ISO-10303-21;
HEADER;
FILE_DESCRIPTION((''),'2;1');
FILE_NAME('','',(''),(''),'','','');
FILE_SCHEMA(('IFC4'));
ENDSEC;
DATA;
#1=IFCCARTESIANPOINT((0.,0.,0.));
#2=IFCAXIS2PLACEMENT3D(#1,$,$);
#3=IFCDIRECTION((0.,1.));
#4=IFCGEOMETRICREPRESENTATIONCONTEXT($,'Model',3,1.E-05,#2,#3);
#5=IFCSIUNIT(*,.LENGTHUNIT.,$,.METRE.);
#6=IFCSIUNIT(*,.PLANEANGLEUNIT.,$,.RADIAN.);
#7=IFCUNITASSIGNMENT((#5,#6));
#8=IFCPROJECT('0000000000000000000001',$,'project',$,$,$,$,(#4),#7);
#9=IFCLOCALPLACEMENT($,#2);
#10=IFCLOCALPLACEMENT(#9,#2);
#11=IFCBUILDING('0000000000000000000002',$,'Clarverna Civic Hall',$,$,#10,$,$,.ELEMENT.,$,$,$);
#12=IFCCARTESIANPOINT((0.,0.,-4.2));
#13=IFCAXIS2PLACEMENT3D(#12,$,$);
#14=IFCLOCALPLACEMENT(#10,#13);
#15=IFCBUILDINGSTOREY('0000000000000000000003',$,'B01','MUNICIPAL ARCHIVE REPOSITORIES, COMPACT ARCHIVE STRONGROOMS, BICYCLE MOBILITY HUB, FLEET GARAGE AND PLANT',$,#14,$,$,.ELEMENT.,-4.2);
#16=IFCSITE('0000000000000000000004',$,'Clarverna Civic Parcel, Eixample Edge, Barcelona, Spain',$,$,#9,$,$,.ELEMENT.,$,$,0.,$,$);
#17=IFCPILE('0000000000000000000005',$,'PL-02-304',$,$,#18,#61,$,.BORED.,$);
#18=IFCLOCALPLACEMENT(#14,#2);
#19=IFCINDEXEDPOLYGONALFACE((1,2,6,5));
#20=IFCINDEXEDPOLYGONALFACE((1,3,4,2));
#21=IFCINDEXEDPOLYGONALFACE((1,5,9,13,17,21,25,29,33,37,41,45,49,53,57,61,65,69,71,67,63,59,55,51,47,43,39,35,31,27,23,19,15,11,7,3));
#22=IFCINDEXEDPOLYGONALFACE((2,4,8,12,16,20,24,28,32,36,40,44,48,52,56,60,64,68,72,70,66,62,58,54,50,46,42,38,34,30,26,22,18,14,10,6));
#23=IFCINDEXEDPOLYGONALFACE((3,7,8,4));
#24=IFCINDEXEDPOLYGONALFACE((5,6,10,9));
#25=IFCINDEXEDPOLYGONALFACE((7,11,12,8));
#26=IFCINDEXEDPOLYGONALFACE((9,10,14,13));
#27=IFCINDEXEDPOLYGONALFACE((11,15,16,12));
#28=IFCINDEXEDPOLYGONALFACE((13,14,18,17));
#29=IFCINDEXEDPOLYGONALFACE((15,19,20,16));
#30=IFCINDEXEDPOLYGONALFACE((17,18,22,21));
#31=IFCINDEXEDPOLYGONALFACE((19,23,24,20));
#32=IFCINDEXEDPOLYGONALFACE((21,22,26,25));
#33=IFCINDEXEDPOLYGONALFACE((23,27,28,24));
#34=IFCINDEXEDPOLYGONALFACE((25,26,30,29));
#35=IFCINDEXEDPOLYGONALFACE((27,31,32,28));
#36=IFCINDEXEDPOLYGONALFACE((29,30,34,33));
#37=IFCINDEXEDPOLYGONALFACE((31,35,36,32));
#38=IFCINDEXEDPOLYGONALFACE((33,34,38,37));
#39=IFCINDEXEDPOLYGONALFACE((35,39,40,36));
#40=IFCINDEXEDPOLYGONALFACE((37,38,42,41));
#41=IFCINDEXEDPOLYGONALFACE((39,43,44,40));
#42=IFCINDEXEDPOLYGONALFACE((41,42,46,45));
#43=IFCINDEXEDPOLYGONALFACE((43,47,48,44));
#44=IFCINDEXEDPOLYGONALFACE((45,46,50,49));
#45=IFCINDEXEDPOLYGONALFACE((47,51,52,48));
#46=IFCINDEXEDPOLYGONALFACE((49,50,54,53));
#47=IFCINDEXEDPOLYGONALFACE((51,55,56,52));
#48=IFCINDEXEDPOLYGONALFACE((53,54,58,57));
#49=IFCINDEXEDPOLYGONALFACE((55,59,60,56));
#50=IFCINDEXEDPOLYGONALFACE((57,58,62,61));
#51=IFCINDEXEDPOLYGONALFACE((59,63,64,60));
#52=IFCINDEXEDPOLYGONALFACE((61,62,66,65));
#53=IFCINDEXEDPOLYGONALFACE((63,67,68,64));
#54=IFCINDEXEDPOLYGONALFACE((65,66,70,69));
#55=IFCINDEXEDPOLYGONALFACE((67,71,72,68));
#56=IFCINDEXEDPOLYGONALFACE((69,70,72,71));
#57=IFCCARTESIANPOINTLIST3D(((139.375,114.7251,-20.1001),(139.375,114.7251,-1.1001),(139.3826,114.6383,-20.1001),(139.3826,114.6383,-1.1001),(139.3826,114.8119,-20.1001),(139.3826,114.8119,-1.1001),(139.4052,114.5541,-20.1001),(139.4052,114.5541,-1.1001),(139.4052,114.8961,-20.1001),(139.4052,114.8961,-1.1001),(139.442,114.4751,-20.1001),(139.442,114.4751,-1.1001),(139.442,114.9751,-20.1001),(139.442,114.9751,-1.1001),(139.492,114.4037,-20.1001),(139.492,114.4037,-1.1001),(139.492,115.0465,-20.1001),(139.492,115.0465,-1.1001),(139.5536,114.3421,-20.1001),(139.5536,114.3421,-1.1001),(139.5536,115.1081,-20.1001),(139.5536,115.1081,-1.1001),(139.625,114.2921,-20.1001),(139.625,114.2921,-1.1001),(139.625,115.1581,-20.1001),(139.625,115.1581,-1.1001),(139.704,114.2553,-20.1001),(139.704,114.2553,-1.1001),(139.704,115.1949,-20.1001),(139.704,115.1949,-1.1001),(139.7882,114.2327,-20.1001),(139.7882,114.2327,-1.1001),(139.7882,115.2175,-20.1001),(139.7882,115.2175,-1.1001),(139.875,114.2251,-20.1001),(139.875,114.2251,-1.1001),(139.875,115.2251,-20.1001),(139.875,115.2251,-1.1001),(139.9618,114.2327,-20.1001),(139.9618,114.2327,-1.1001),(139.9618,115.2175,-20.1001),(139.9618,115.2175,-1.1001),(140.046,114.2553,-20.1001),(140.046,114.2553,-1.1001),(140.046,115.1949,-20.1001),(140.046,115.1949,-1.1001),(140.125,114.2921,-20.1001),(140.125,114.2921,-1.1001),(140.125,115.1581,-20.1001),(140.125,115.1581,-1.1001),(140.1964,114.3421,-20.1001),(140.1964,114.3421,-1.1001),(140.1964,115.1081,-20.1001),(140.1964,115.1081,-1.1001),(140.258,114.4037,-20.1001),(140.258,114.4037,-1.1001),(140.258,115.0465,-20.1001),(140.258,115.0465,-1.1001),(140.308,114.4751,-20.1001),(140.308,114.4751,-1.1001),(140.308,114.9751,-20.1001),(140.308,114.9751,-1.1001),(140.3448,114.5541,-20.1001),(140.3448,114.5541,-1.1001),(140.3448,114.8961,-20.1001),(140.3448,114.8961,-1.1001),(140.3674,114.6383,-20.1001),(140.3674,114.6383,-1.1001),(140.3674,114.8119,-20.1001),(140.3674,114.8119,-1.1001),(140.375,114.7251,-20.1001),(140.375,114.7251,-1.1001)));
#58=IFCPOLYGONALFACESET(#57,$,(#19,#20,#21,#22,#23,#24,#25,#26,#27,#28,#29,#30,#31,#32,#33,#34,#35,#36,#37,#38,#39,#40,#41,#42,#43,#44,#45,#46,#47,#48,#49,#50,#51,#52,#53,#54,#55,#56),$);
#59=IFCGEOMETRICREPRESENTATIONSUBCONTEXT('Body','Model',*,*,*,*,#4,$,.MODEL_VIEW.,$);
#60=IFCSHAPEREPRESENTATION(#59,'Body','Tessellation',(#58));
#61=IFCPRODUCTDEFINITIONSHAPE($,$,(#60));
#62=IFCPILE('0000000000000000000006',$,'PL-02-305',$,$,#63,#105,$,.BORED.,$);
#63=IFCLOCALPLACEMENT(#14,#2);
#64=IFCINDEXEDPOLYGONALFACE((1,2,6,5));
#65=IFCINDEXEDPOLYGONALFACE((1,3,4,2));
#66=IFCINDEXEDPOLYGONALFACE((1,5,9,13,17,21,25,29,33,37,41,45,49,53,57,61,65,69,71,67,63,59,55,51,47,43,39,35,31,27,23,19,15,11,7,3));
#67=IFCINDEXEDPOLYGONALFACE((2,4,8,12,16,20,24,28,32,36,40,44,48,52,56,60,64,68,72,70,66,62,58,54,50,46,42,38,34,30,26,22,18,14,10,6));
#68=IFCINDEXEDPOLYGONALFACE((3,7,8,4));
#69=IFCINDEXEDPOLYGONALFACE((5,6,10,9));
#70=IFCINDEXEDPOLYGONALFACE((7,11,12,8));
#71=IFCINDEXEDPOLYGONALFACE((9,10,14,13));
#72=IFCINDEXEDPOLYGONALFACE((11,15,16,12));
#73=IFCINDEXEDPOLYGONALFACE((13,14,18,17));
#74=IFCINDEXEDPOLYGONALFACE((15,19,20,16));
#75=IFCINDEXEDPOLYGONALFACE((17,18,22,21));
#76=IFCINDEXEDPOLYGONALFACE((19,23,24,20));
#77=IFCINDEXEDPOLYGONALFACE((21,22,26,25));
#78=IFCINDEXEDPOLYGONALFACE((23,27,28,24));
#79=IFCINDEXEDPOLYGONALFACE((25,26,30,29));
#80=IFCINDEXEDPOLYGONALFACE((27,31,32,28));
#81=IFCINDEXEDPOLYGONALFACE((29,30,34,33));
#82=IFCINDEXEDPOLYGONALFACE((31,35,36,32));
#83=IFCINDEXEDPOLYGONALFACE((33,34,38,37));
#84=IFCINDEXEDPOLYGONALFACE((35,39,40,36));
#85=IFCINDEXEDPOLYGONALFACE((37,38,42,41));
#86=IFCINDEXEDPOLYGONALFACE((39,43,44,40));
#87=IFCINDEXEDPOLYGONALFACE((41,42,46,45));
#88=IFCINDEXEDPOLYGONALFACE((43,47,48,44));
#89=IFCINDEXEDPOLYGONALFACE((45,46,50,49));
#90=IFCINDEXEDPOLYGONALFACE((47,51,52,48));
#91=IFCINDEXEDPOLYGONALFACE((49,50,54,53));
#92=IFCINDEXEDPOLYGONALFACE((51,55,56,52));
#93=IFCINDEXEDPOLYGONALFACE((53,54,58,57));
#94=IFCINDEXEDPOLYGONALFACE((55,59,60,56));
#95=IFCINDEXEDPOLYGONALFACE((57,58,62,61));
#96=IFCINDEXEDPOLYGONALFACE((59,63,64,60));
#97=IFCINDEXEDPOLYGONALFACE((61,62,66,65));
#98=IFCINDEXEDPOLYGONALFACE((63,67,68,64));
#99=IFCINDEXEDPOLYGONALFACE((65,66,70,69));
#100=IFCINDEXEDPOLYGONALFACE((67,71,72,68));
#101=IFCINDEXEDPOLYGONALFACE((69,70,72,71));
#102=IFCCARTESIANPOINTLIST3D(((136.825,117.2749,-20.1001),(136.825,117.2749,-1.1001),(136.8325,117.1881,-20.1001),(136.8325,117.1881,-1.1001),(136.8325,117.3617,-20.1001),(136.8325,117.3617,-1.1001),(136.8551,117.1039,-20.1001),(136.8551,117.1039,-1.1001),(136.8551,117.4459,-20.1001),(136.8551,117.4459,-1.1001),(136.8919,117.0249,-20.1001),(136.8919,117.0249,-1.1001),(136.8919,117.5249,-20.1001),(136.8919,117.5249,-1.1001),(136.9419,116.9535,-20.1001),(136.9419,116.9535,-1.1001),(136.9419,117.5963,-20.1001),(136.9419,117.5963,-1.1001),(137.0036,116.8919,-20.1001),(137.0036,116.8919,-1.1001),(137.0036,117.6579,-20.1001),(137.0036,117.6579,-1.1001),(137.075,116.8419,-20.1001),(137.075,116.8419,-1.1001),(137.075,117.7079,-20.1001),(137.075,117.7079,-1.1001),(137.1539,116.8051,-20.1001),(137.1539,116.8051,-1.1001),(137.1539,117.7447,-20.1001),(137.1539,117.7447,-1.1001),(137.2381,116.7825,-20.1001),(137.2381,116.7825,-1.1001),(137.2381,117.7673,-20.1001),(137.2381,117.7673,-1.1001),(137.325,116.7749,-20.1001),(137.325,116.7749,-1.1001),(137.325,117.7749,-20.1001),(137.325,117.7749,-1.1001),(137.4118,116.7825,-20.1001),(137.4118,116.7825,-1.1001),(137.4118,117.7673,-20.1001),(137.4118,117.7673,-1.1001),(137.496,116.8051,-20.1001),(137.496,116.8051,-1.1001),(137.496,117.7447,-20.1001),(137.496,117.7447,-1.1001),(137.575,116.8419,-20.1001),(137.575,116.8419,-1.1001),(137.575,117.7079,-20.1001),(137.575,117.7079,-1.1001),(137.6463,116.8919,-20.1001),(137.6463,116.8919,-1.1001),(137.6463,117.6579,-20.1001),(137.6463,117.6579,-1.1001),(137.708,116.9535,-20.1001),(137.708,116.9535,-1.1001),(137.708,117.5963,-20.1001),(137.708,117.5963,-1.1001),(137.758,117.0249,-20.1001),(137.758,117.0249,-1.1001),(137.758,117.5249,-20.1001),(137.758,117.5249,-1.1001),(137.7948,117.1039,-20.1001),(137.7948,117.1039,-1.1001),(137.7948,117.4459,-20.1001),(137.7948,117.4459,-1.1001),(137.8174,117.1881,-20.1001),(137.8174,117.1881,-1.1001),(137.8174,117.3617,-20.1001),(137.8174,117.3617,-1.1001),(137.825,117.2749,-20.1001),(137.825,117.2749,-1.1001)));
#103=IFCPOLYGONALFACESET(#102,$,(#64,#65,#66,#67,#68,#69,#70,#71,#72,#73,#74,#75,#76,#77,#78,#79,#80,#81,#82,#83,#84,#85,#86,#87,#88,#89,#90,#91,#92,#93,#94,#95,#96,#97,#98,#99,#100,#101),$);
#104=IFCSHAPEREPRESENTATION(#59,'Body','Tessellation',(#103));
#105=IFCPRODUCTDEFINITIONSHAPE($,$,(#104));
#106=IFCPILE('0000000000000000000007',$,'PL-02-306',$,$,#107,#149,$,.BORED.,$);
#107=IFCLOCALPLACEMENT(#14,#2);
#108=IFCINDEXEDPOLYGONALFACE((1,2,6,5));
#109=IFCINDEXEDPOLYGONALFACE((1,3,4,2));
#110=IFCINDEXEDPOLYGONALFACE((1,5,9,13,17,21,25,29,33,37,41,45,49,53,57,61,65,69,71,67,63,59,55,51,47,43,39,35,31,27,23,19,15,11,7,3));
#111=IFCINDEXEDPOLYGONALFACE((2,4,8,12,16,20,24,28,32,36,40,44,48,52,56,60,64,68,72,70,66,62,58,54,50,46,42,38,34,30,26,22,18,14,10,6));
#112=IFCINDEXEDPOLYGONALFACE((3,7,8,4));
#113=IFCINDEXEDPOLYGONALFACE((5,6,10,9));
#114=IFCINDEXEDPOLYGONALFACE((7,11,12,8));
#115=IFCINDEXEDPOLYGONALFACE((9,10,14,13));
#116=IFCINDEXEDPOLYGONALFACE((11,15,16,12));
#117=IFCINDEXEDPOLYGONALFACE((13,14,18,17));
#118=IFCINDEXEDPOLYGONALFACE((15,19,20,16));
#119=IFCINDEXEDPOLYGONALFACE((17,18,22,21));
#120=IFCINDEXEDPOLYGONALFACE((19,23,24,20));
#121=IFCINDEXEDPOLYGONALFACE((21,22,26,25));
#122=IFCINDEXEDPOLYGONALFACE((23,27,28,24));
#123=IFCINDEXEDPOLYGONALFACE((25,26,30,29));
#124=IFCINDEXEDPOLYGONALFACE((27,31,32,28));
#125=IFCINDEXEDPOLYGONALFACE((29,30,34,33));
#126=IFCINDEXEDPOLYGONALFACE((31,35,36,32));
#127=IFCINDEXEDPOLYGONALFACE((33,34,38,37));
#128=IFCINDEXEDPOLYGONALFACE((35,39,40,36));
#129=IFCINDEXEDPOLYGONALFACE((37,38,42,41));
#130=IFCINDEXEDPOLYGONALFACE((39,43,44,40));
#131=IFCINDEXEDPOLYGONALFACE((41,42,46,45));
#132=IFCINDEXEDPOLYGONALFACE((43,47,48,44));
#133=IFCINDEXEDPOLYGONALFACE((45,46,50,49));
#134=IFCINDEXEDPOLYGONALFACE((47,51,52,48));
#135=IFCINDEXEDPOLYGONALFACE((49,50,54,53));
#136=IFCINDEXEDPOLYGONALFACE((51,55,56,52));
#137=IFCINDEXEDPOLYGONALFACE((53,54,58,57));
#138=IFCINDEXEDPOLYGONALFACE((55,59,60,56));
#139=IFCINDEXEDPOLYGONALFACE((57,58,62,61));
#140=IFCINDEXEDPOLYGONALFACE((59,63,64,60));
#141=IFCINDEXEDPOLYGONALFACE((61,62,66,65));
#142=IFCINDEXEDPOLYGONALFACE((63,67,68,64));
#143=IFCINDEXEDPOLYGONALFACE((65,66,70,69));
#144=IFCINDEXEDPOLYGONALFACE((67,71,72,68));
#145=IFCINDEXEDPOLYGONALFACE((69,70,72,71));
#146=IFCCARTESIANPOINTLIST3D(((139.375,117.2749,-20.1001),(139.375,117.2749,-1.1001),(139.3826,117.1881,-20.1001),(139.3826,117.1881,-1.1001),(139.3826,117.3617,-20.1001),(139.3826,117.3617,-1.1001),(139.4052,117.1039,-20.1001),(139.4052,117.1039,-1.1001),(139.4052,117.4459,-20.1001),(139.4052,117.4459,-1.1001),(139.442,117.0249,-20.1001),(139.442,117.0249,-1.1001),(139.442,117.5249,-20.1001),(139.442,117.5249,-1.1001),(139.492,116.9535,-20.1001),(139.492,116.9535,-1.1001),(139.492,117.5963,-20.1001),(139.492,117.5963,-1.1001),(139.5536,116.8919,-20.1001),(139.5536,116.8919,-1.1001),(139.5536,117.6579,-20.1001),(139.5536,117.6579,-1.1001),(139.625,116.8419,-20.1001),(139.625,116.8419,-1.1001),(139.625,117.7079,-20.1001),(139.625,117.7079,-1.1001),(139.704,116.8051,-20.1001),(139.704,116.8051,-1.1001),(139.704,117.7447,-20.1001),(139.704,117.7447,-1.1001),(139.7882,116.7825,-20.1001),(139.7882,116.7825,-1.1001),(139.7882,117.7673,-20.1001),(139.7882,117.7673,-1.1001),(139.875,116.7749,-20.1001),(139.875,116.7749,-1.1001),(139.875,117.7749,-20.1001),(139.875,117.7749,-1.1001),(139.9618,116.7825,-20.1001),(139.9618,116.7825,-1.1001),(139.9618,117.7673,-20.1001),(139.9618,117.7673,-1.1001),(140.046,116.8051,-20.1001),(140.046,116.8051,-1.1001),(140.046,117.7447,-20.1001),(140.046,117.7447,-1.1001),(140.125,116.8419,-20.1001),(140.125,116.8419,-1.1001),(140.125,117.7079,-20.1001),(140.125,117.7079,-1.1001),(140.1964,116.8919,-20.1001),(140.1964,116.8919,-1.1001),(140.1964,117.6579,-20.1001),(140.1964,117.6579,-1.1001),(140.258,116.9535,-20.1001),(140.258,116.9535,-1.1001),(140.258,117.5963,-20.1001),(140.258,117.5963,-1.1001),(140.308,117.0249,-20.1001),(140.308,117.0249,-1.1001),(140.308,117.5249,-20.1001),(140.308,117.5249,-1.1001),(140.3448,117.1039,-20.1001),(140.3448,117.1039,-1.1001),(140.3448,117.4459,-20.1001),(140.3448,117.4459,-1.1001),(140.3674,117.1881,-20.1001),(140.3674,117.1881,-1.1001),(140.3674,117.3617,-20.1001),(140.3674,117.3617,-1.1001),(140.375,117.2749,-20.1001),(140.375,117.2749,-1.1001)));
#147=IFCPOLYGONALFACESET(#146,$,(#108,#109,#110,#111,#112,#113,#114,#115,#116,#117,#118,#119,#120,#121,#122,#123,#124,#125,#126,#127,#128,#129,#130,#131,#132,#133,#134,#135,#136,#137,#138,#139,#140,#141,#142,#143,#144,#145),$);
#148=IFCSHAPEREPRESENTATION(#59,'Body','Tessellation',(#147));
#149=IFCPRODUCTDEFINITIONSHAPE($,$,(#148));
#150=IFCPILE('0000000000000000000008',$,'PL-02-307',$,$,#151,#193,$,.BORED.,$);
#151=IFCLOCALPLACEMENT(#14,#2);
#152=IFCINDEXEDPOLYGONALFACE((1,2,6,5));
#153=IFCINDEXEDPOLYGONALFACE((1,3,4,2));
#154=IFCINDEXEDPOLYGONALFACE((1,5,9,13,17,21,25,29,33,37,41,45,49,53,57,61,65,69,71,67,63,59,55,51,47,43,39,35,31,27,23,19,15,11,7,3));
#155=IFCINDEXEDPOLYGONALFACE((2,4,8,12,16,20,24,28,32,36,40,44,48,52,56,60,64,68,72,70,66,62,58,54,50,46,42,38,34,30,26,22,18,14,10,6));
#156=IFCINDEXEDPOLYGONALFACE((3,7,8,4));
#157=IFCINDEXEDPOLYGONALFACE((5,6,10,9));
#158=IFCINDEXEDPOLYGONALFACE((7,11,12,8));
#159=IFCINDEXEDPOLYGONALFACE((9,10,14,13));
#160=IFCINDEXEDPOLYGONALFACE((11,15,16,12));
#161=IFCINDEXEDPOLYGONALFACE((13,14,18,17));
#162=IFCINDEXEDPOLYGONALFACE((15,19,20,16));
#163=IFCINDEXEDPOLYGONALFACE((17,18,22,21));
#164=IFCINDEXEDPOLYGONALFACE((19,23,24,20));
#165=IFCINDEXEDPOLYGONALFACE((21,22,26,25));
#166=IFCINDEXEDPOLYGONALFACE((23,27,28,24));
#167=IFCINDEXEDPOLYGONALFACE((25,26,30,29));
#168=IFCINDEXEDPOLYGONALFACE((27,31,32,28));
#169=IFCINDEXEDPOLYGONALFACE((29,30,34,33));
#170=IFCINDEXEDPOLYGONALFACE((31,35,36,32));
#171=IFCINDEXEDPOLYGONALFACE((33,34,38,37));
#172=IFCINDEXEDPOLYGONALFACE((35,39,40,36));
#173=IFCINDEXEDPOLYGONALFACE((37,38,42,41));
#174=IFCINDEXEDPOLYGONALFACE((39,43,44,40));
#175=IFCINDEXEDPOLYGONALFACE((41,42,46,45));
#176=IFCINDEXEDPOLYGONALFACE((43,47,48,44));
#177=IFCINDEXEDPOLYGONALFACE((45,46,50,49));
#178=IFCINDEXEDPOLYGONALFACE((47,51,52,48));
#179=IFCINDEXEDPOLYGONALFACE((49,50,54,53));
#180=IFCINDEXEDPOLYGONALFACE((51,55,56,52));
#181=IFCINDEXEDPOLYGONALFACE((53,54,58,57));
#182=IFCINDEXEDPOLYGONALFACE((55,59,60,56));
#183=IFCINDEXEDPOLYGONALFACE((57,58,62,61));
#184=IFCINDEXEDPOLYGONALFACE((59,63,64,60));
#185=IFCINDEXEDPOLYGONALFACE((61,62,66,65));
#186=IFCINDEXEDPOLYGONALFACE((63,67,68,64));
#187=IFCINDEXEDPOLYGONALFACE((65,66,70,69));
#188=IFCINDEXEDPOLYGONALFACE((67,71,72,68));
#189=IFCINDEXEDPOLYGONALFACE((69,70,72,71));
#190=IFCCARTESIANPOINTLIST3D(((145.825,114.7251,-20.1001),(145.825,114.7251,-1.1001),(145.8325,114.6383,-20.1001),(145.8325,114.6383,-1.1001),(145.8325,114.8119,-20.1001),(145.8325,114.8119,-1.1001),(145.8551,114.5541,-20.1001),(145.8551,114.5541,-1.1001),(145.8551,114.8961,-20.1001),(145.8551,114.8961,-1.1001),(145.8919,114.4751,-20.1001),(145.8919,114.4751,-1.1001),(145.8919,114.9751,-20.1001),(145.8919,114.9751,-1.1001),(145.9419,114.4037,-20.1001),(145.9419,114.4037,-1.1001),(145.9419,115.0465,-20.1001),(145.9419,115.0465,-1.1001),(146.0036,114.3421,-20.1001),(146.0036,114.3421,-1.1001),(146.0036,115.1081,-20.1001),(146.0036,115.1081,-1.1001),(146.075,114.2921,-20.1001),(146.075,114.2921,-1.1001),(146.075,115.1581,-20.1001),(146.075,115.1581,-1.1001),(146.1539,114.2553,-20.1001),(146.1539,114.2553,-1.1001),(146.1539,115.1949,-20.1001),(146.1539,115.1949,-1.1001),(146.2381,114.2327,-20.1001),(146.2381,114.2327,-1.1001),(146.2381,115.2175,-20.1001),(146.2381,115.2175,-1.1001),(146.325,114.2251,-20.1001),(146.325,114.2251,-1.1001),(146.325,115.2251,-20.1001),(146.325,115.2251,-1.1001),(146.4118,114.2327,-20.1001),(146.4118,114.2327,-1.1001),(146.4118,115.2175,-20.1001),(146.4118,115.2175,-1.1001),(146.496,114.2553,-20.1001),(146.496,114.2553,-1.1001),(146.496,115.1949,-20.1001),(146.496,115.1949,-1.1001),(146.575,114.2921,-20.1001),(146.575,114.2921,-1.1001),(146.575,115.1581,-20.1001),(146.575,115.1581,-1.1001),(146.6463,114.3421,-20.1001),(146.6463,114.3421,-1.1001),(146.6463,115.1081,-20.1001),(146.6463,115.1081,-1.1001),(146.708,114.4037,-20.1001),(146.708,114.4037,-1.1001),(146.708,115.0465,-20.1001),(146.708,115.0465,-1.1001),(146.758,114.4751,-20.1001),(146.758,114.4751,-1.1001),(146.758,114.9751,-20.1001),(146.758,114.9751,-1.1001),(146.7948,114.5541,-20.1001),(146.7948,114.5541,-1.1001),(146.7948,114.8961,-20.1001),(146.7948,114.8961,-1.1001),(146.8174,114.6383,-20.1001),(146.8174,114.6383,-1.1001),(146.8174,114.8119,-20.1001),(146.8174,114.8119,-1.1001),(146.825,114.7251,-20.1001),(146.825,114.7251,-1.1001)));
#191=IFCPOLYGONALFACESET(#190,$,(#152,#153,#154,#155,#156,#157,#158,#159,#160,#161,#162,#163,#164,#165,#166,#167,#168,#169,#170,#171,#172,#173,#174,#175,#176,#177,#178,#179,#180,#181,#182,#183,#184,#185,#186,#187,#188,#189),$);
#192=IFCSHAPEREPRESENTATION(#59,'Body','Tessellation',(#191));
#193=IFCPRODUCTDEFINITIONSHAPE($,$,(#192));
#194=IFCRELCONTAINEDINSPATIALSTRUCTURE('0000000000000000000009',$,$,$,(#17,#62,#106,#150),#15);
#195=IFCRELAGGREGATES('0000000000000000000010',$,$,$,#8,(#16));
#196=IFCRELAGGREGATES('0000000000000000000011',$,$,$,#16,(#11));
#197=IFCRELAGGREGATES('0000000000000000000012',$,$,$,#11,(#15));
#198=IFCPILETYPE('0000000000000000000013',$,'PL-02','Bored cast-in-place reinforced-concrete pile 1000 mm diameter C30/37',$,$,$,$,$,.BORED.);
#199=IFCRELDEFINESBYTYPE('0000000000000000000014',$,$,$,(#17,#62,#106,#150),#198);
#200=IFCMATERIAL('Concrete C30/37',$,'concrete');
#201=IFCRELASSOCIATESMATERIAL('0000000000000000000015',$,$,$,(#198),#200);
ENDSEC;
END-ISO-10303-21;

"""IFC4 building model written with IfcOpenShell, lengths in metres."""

from ifc_helpers import new_model, si_unit, direction, frame, origin, origin_2d, place, context, subcontext, project, spatial, circle, extrude, material, material_profile, profile_set, type_object, element, save


model = new_model("IFC4")

# Units and contexts
model_context = context("Model", 3, precision=1e-05, world=origin(), true_north=direction((0.0, 1.0)))
body_context = subcontext(model_context, "Body", "Model", "MODEL_VIEW")
ifc_project = project(units=[si_unit("LENGTHUNIT", "METRE"), si_unit("PLANEANGLEUNIT", "RADIAN")], contexts=[model_context])

# Site, building, storey
site_placement = place(None, origin())
site = spatial("IfcSite", under=ifc_project, at=site_placement, Name="Clarverna Civic Parcel, Eixample Edge, Barcelona, Spain", CompositionType="ELEMENT", RefElevation=0.0)
building_placement = place(site_placement, origin())
building = spatial("IfcBuilding", under=site, at=building_placement, Name="Clarverna Civic Hall", CompositionType="ELEMENT")
storey_placement = place(building_placement, frame((0.0, 0.0, -4.2)))
storey = spatial("IfcBuildingStorey", under=building, at=storey_placement, Name="B01", Description="MUNICIPAL ARCHIVE REPOSITORIES, COMPACT ARCHIVE STRONGROOMS, BICYCLE MOBILITY HUB, FLEET GARAGE AND PLANT", CompositionType="ELEMENT", Elevation=-4.2)

# Shared definitions
ifc_material_1 = material(Name="Concrete C30/37", Category="concrete")

# Piles
ifc_material_profile_1 = material_profile(ifc_material_1, circle(Radius=0.5, at=origin_2d()), Name="BORED PILE D1000")
ifc_profile_set_1 = profile_set([ifc_material_profile_1], Name="Concrete C30/37")
pile_type_1 = type_object("IfcPileType", Name="PL-02", Description="Bored cast-in-place reinforced-concrete pile 1000 mm diameter C30/37", PredefinedType="BORED", material=ifc_profile_set_1)
for number, where, z_axis, x_axis, name in (
    (1, (139.875, 114.7251, -1.1001), (0.0, 0.0, -1.0), (1.0, 0.0, 0.0), "PL-02-304"),
    (2, (137.325, 117.2749, -1.1001), (0.0, 0.0, -1.0), (1.0, 0.0, 0.0), "PL-02-305"),
    (3, (139.875, 117.2749, -1.1001), (0.0, 0.0, -1.0), (1.0, 0.0, 0.0), "PL-02-306"),
    (4, (146.325, 114.7251, -1.1001), (0.0, 0.0, -1.0), (1.0, 0.0, 0.0), "PL-02-307"),
):
    element("IfcPile", number, at=place(storey_placement, frame(where, z_axis=z_axis, x_axis=x_axis)), inside=storey, type_object=pile_type_1, Name=name, PredefinedType="BORED", context=body_context, shape_type="SweptSolid", body=[
        extrude(circle(Radius=0.5, at=origin_2d()), origin(), (0.0, 0.0, 1.0), 19.0),
    ])

save(model, "model.ifc")
